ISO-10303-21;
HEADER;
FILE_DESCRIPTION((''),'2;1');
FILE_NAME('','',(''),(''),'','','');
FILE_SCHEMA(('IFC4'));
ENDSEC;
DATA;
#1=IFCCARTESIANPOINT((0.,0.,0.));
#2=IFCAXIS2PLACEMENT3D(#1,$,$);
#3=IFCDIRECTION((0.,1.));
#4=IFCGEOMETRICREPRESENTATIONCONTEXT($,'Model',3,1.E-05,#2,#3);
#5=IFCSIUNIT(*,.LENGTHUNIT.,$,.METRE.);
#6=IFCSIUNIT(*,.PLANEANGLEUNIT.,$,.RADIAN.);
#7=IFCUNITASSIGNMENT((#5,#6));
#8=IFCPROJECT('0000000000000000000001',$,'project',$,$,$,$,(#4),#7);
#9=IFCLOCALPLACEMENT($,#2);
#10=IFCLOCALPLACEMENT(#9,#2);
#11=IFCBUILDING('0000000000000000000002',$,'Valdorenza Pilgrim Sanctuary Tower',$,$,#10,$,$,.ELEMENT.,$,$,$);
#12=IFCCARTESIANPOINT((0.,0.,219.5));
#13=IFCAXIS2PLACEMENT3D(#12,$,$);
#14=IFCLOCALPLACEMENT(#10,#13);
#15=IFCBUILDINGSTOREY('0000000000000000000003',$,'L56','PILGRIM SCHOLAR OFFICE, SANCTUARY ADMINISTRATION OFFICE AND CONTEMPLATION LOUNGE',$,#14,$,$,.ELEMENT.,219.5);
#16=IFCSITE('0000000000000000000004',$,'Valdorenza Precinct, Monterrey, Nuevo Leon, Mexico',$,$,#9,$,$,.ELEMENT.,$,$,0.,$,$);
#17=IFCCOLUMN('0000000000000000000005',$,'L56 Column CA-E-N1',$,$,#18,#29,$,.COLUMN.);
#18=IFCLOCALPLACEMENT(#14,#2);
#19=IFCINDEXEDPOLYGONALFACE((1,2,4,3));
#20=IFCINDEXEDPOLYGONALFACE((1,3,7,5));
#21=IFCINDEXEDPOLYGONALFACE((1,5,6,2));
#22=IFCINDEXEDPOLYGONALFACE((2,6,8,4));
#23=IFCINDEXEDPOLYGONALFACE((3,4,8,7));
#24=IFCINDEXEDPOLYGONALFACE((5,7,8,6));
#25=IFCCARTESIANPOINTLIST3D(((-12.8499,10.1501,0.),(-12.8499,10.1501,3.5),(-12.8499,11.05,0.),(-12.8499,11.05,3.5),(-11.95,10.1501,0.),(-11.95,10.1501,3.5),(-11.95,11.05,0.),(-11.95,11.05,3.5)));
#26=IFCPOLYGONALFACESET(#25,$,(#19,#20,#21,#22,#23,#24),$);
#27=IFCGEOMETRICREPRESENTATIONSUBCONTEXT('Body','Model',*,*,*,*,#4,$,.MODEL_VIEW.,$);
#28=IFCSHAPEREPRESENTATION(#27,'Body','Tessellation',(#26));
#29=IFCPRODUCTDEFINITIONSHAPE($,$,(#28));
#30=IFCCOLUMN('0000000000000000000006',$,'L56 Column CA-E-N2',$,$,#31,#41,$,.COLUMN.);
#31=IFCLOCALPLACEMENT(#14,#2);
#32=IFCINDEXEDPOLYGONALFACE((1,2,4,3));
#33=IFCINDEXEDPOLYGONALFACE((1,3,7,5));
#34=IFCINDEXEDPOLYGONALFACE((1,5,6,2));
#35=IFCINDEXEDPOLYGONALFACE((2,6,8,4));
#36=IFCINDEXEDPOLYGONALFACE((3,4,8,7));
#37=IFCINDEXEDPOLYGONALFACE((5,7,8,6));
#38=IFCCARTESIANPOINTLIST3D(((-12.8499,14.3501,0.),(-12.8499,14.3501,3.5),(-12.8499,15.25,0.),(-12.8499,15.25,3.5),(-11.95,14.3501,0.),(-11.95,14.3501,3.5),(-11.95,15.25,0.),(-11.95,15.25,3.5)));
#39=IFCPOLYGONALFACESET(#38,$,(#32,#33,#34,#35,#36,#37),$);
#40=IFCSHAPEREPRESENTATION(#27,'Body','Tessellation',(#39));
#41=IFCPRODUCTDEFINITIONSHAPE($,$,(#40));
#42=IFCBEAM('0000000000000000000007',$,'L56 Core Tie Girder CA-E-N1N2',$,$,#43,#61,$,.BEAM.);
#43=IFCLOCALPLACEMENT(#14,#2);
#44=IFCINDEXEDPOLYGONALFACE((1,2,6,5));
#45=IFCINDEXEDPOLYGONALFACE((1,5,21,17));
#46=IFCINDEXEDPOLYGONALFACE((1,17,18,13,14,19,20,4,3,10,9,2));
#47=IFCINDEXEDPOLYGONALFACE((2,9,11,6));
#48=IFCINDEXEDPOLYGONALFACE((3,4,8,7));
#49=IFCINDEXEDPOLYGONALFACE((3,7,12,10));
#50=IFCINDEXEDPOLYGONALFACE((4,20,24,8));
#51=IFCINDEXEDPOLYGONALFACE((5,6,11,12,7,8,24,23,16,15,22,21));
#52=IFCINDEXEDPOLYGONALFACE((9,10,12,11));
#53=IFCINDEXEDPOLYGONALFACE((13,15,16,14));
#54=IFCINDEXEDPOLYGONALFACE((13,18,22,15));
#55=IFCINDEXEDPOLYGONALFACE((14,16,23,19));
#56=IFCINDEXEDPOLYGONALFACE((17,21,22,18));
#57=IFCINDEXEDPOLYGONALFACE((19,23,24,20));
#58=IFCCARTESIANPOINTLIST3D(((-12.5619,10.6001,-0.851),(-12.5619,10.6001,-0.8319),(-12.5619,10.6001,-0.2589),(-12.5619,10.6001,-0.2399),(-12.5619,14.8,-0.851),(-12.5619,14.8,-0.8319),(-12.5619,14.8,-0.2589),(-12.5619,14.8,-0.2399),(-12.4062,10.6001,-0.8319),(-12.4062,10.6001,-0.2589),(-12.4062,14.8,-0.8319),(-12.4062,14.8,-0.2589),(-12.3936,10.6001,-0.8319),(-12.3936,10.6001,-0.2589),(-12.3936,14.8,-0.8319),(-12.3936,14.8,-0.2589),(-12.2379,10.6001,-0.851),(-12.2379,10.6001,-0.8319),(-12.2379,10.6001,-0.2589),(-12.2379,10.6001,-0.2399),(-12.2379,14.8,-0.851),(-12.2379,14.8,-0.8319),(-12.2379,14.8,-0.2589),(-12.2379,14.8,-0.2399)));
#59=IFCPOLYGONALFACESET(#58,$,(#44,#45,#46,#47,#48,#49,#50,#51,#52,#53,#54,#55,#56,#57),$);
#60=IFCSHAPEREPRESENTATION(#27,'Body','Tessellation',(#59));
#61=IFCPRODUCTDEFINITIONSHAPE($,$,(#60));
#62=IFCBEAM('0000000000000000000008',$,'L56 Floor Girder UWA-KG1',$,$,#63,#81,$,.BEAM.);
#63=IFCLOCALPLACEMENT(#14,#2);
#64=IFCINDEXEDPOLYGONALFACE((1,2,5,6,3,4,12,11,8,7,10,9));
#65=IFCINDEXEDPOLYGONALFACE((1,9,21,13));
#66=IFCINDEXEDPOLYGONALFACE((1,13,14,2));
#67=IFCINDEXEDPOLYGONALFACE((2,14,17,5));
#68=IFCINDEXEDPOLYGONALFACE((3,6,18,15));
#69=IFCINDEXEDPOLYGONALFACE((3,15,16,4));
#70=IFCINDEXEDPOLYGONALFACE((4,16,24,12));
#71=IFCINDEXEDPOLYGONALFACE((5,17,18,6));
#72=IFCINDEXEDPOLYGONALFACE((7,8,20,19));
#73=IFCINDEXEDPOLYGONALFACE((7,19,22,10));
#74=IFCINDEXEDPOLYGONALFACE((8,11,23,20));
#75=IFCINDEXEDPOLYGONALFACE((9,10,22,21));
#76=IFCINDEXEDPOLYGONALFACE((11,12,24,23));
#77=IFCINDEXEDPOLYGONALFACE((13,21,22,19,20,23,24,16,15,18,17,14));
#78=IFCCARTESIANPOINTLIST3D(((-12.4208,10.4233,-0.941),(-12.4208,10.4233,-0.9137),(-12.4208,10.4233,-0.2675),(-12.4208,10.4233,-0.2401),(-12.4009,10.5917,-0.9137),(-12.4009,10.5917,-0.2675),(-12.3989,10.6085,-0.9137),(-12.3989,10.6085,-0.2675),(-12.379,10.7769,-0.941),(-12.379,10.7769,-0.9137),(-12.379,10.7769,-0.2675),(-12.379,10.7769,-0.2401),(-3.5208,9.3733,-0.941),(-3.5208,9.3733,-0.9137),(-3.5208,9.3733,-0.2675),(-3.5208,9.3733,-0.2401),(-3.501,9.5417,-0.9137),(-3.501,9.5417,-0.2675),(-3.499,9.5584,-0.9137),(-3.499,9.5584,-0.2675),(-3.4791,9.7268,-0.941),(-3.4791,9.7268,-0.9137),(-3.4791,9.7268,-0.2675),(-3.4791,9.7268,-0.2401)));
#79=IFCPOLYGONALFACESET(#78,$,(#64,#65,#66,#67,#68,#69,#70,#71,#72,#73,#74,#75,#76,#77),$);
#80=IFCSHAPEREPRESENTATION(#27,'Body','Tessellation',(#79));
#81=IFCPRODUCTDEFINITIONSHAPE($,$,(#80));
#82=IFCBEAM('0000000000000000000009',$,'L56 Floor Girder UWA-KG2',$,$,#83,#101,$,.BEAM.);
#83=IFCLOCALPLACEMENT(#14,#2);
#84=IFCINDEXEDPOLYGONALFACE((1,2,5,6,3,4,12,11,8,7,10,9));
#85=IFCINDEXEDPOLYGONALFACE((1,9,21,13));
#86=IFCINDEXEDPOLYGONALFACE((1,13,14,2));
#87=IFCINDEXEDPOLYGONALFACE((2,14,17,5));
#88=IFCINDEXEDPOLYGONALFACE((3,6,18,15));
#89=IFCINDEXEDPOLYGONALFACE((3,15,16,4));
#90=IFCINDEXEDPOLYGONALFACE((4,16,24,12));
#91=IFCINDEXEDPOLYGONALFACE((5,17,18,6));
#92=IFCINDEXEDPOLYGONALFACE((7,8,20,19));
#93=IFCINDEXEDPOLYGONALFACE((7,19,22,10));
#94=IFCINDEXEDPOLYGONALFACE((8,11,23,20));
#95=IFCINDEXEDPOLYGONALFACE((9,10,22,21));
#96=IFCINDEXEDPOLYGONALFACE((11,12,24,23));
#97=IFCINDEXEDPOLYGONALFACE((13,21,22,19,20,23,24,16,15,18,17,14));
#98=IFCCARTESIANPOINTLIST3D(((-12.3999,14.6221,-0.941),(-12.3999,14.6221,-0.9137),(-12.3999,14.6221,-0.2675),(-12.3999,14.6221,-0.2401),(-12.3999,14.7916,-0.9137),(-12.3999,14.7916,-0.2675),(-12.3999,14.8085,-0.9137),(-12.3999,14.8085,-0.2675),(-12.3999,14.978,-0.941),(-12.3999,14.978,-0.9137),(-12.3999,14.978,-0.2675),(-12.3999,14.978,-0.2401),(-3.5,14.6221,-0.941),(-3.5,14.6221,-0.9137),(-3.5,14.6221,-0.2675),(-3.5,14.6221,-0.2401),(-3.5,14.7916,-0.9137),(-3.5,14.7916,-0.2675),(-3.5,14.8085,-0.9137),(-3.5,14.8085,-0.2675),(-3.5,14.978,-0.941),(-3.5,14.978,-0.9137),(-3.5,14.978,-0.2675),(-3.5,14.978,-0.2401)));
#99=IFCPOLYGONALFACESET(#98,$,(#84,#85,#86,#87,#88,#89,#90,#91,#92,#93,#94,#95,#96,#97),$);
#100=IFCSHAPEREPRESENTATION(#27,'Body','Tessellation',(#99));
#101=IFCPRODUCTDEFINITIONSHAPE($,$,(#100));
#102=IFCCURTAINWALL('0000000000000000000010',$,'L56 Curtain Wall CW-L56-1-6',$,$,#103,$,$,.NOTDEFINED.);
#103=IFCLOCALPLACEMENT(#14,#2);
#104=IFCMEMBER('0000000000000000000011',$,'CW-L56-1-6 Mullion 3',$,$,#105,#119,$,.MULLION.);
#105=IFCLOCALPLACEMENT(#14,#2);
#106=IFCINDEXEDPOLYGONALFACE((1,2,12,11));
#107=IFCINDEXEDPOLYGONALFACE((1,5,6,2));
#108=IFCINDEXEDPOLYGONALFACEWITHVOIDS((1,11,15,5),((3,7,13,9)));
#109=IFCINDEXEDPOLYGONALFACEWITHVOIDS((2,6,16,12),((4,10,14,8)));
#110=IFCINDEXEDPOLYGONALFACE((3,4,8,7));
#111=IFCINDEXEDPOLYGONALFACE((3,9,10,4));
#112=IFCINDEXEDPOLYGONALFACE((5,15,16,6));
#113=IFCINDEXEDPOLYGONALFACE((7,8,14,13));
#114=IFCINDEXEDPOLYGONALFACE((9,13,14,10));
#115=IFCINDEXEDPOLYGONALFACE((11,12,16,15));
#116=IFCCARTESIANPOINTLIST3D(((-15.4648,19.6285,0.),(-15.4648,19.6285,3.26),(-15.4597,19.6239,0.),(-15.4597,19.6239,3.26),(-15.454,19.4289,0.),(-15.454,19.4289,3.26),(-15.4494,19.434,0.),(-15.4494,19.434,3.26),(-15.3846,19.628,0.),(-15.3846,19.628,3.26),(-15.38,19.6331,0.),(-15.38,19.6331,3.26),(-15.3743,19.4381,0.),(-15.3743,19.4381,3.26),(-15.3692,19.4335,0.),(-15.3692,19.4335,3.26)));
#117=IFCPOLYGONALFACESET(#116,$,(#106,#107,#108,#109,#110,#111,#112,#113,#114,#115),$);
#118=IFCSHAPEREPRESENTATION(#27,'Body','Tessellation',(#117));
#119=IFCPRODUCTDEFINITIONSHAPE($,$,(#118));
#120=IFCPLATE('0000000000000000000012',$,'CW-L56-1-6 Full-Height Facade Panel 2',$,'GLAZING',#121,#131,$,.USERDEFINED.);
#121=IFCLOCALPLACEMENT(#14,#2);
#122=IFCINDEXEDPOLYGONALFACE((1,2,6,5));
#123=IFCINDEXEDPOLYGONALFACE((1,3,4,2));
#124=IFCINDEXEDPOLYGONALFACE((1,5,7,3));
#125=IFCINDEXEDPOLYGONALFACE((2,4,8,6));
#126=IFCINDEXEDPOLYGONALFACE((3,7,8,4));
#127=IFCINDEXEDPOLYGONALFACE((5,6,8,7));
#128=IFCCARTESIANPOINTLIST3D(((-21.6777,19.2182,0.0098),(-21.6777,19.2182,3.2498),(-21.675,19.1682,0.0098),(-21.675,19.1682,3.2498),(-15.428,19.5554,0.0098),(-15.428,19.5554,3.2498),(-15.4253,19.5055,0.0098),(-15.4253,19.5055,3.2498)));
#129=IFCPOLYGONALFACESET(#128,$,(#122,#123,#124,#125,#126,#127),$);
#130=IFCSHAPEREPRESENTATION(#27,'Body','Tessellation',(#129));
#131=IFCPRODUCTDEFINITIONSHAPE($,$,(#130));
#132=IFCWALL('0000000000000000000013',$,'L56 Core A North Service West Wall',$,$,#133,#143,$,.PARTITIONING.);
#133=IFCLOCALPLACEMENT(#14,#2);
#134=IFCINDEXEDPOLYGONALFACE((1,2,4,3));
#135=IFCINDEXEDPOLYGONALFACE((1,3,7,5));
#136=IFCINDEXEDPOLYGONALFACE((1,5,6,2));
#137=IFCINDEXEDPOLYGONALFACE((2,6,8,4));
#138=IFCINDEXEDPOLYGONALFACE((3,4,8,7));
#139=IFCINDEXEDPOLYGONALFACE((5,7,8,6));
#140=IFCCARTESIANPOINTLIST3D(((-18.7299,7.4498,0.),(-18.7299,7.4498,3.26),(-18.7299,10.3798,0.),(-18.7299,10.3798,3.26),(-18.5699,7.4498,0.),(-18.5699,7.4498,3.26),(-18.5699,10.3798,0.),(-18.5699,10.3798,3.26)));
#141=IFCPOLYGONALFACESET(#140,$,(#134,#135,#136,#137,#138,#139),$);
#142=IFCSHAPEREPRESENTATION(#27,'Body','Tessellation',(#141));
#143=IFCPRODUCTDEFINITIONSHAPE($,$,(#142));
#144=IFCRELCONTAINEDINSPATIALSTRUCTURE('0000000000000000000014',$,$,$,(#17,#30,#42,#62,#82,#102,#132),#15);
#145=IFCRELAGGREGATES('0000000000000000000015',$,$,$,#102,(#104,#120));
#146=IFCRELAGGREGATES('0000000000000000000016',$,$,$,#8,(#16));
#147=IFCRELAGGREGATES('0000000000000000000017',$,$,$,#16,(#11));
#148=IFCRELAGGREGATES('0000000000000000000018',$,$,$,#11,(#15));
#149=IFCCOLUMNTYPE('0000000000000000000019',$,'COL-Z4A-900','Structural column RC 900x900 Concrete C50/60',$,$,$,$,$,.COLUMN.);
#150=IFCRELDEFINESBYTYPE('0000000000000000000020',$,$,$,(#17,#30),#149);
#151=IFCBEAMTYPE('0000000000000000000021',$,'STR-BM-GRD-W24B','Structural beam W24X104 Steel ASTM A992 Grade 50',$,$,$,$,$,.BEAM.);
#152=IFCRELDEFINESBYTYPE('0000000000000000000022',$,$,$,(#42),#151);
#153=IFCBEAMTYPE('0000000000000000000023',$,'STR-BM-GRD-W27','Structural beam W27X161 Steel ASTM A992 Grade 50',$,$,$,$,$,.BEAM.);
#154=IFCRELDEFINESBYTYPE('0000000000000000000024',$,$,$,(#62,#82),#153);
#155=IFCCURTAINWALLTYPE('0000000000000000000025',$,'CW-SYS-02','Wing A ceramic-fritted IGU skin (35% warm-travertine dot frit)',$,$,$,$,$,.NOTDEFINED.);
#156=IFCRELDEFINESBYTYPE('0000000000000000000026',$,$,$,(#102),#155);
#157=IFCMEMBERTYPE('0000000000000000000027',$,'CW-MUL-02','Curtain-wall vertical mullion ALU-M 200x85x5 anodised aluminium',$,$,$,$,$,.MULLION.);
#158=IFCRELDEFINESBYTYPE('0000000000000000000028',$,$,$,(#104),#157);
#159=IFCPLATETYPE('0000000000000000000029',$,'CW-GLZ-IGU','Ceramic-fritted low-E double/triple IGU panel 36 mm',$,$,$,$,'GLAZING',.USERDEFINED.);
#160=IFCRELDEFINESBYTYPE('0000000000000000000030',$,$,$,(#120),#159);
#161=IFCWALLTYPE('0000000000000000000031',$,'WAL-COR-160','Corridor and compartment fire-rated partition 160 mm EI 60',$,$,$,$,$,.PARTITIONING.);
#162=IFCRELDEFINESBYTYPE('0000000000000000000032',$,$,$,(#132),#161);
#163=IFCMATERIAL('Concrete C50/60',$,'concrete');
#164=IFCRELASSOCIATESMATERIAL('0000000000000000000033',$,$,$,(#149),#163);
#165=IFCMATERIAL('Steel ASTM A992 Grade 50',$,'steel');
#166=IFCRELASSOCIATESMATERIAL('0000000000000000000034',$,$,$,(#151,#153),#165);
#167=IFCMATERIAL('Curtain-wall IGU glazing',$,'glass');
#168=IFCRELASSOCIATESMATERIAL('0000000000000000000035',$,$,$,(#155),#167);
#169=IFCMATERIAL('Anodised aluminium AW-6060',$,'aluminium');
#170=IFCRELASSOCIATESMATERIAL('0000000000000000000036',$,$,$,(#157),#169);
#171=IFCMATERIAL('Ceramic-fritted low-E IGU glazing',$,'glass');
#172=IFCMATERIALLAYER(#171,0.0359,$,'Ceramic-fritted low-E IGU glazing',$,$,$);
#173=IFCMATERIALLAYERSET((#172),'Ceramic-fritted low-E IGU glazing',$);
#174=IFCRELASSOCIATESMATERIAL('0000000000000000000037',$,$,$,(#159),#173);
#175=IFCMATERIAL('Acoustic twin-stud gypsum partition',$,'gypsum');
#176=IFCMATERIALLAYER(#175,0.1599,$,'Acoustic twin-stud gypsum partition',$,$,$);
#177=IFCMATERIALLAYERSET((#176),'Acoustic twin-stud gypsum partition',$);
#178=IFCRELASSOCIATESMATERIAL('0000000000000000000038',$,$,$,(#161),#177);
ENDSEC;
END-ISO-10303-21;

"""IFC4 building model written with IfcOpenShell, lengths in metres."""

from ifc_helpers import new_model, si_unit, direction, frame, frame_2d, origin, origin_2d, place, context, subcontext, project, spatial, rectangle, hollow_rectangle, i_section, extrude, source, transform, mapped, material, layer, layer_set, material_profile, profile_set, type_object, element, aggregate, save


model = new_model("IFC4")

# Units and contexts
model_context = context("Model", 3, precision=1e-05, world=origin(), true_north=direction((0.0, 1.0)))
body_context = subcontext(model_context, "Body", "Model", "MODEL_VIEW")
ifc_project = project(units=[si_unit("LENGTHUNIT", "METRE"), si_unit("PLANEANGLEUNIT", "RADIAN")], contexts=[model_context])

# Site, building, storey
site_placement = place(None, origin())
site = spatial("IfcSite", under=ifc_project, at=site_placement, Name="Valdorenza Precinct, Monterrey, Nuevo Leon, Mexico", CompositionType="ELEMENT", RefElevation=0.0)
building_placement = place(site_placement, origin())
building = spatial("IfcBuilding", under=site, at=building_placement, Name="Valdorenza Pilgrim Sanctuary Tower", CompositionType="ELEMENT")
storey_placement = place(building_placement, frame((0.0, 0.0, 219.5)))
storey = spatial("IfcBuildingStorey", under=building, at=storey_placement, Name="L56", Description="PILGRIM SCHOLAR OFFICE, SANCTUARY ADMINISTRATION OFFICE AND CONTEMPLATION LOUNGE", CompositionType="ELEMENT", Elevation=219.5)

# Columns
ifc_material_1 = material(Name="Concrete C50/60", Category="concrete")
ifc_material_profile_1 = material_profile(ifc_material_1, rectangle(XDim=0.8999, YDim=0.8999, at=origin_2d()), Name="RC 900x900")
ifc_profile_set_1 = profile_set([ifc_material_profile_1], Name="Concrete C50/60")
column_type = type_object("IfcColumnType", Name="COL-Z4A-900", Description="Structural column RC 900x900 Concrete C50/60", PredefinedType="COLUMN", material=ifc_profile_set_1)
shared_shape_1 = source(origin(), body_context, "Body", "SweptSolid", [
    extrude(rectangle(XDim=0.8999, YDim=0.8999, at=origin_2d()), origin(), (0.0, 0.0, 1.0), 3.5),
])
for number, where, z_axis, x_axis, name in (
    (1, (-12.3999, 10.6001, 0.0), (0.0, 0.0, 1.0), (1.0, 0.0, 0.0), "L56 Column CA-E-N1"),
    (2, (-12.3999, 14.8, 0.0), (0.0, 0.0, 1.0), (1.0, 0.0, 0.0), "L56 Column CA-E-N2"),
):
    element("IfcColumn", number, at=place(storey_placement, frame(where, z_axis=z_axis, x_axis=x_axis)), inside=storey, type_object=column_type, Name=name, PredefinedType="COLUMN", context=body_context, shape_type="MappedRepresentation", body=[
        mapped(shared_shape_1, transform((0.0, 0.0, 0.0), x_axis=(1.0, 0.0, 0.0), y_axis=(0.0, 1.0, 0.0), z_axis=(0.0, 0.0, 1.0), scale=1.0)),
    ])

# Beams
ifc_material_2 = material(Name="Steel ASTM A992 Grade 50", Category="steel")
ifc_material_profile_2 = material_profile(ifc_material_2, i_section(OverallWidth=0.324, OverallDepth=0.6111, WebThickness=0.0127, FlangeThickness=0.019, at=origin_2d()), Name="W24X104")
ifc_profile_set_2 = profile_set([ifc_material_profile_2], Name="Steel ASTM A992 Grade 50")
beam_type_1 = type_object("IfcBeamType", Name="STR-BM-GRD-W24B", Description="Structural beam W24X104 Steel ASTM A992 Grade 50", PredefinedType="BEAM", material=ifc_profile_set_2)
shared_shape_2 = source(origin(), body_context, "Body", "SweptSolid", [
    extrude(i_section(OverallWidth=0.324, OverallDepth=0.6111, WebThickness=0.0127, FlangeThickness=0.019, at=origin_2d()), origin(), (0.0, 0.0, 1.0), 4.2),
])
beam_1_placement = place(storey_placement, frame((-12.3999, 10.6001, -0.5454), z_axis=(0.0, 1.0, 0.0), x_axis=(-1.0, 0.0, 0.0)))
element("IfcBeam", 3, at=beam_1_placement, inside=storey, type_object=beam_type_1, Name="L56 Core Tie Girder CA-E-N1N2", PredefinedType="BEAM", context=body_context, shape_type="MappedRepresentation", body=[
    mapped(shared_shape_2, transform((0.0, 0.0, 0.0), x_axis=(1.0, 0.0, 0.0), y_axis=(0.0, 1.0, 0.0), z_axis=(0.0, 0.0, 1.0), scale=1.0)),
])
ifc_material_profile_3 = material_profile(ifc_material_2, i_section(OverallWidth=0.356, OverallDepth=0.7009, WebThickness=0.0168, FlangeThickness=0.0273, at=origin_2d()), Name="W27X161")
ifc_profile_set_3 = profile_set([ifc_material_profile_3], Name="Steel ASTM A992 Grade 50")
beam_type_2 = type_object("IfcBeamType", Name="STR-BM-GRD-W27", Description="Structural beam W27X161 Steel ASTM A992 Grade 50", PredefinedType="BEAM", material=ifc_profile_set_3)
shared_shape_3 = source(origin(), body_context, "Body", "SweptSolid", [
    extrude(i_section(OverallWidth=0.356, OverallDepth=0.7009, WebThickness=0.0168, FlangeThickness=0.0273, at=origin_2d()), origin(), (0.0, 0.0, 1.0), 8.9617),
])
beam_2_placement = place(storey_placement, frame((-12.3999, 10.6001, -0.5906), z_axis=(0.993112, -0.117172, 0.0), x_axis=(0.117172, 0.993112, 0.0)))
element("IfcBeam", 4, at=beam_2_placement, inside=storey, type_object=beam_type_2, Name="L56 Floor Girder UWA-KG1", PredefinedType="BEAM", context=body_context, shape_type="MappedRepresentation", body=[
    mapped(shared_shape_3, transform((0.0, 0.0, 0.0), x_axis=(1.0, 0.0, 0.0), y_axis=(0.0, 1.0, 0.0), z_axis=(0.0, 0.0, 1.0), scale=1.0)),
])
shared_shape_4 = source(origin(), body_context, "Body", "SweptSolid", [
    extrude(i_section(OverallWidth=0.356, OverallDepth=0.7009, WebThickness=0.0168, FlangeThickness=0.0273, at=origin_2d()), origin(), (0.0, 0.0, 1.0), 8.8999),
])
beam_3_placement = place(storey_placement, frame((-12.3999, 14.8, -0.5906), z_axis=(1.0, 0.0, 0.0), x_axis=(0.0, 1.0, 0.0)))
element("IfcBeam", 5, at=beam_3_placement, inside=storey, type_object=beam_type_2, Name="L56 Floor Girder UWA-KG2", PredefinedType="BEAM", context=body_context, shape_type="MappedRepresentation", body=[
    mapped(shared_shape_4, transform((0.0, 0.0, 0.0), x_axis=(1.0, 0.0, 0.0), y_axis=(0.0, 1.0, 0.0), z_axis=(0.0, 0.0, 1.0), scale=1.0)),
])

# Curtain wall, member, plate
ifc_material_3 = material(Name="Curtain-wall IGU glazing", Category="glass")
curtain_wall_type = type_object("IfcCurtainWallType", Name="CW-SYS-02", Description="Wing A ceramic-fritted IGU skin (35% warm-travertine dot frit)", PredefinedType="NOTDEFINED", material=ifc_material_3)
curtain_wall_placement = place(storey_placement, origin())
curtain_wall = element("IfcCurtainWall", 6, at=curtain_wall_placement, inside=storey, type_object=curtain_wall_type, Name="L56 Curtain Wall CW-L56-1-6", PredefinedType="NOTDEFINED")
ifc_material_4 = material(Name="Anodised aluminium AW-6060", Category="aluminium")
ifc_material_profile_4 = material_profile(ifc_material_4, hollow_rectangle(XDim=0.085, YDim=0.2, WallThickness=0.0049, at=origin_2d()), Name="ALU-M 200x85x5")
ifc_profile_set_4 = profile_set([ifc_material_profile_4], Name="Anodised aluminium AW-6060")
member_type = type_object("IfcMemberType", Name="CW-MUL-02", Description="Curtain-wall vertical mullion ALU-M 200x85x5 anodised aluminium", PredefinedType="MULLION", material=ifc_profile_set_4)
shared_shape_5 = source(origin(), body_context, "Body", "SweptSolid", [
    extrude(hollow_rectangle(XDim=0.085, YDim=0.2, WallThickness=0.0049, at=origin_2d()), origin(), (0.0, 0.0, 1.0), 3.26),
])
member_placement = place(storey_placement, frame((-15.417, 19.531, 0.0), z_axis=(0.0, 0.0, 1.0), x_axis=(0.998547, 0.053887, 0.0)))
member = element("IfcMember", 7, at=member_placement, type_object=member_type, Name="CW-L56-1-6 Mullion 3", PredefinedType="MULLION", context=body_context, shape_type="MappedRepresentation", body=[
    mapped(shared_shape_5, transform((0.0, 0.0, 0.0), x_axis=(1.0, 0.0, 0.0), y_axis=(0.0, 1.0, 0.0), z_axis=(0.0, 0.0, 1.0), scale=1.0)),
])
ifc_material_5 = material(Name="Ceramic-fritted low-E IGU glazing", Category="glass")
ifc_layer_1 = layer(ifc_material_5, 0.0359, Name="Ceramic-fritted low-E IGU glazing")
ifc_layer_set_1 = layer_set([ifc_layer_1], Name="Ceramic-fritted low-E IGU glazing")
plate_type = type_object("IfcPlateType", Name="CW-GLZ-IGU", Description="Ceramic-fritted low-E double/triple IGU panel 36 mm", ElementType="GLAZING", PredefinedType="USERDEFINED", material=ifc_layer_set_1)
shared_shape_6 = source(origin(), body_context, "Body", "SweptSolid", [
    extrude(rectangle(XDim=6.2588, YDim=0.05, at=origin_2d()), origin(), (0.0, 0.0, 1.0), 3.24),
])
plate_placement = place(storey_placement, frame((-18.5515, 19.3618, 0.0098), z_axis=(0.0, 0.0, 1.0), x_axis=(0.998547, 0.053887, 0.0)))
plate = element("IfcPlate", 8, at=plate_placement, type_object=plate_type, Name="CW-L56-1-6 Full-Height Facade Panel 2", ObjectType="GLAZING", PredefinedType="USERDEFINED", context=body_context, shape_type="MappedRepresentation", body=[
    mapped(shared_shape_6, transform((0.0, 0.0, 0.0), x_axis=(1.0, 0.0, 0.0), y_axis=(0.0, 1.0, 0.0), z_axis=(0.0, 0.0, 1.0), scale=1.0)),
])
aggregate(curtain_wall, [member, plate])

# Wall
ifc_material_6 = material(Name="Acoustic twin-stud gypsum partition", Category="gypsum")
ifc_layer_2 = layer(ifc_material_6, 0.1599, Name="Acoustic twin-stud gypsum partition")
ifc_layer_set_2 = layer_set([ifc_layer_2], Name="Acoustic twin-stud gypsum partition")
wall_type_1 = type_object("IfcWallType", Name="WAL-COR-160", Description="Corridor and compartment fire-rated partition 160 mm EI 60", PredefinedType="PARTITIONING", material=ifc_layer_set_2)
wall_1_placement = place(storey_placement, frame((-18.6499, 7.45, 0.0), z_axis=(0.0, 0.0, 1.0), x_axis=(0.0, 1.0, 0.0)))
element("IfcWall", 9, at=wall_1_placement, inside=storey, type_object=wall_type_1, Name="L56 Core A North Service West Wall", PredefinedType="PARTITIONING", context=body_context, shape_type="SweptSolid", body=[
    extrude(rectangle(XDim=2.9299, YDim=0.1599, at=frame_2d((1.4648, 0.0))), origin(), (0.0, 0.0, 1.0), 3.26),
])

save(model, "model.ifc")
